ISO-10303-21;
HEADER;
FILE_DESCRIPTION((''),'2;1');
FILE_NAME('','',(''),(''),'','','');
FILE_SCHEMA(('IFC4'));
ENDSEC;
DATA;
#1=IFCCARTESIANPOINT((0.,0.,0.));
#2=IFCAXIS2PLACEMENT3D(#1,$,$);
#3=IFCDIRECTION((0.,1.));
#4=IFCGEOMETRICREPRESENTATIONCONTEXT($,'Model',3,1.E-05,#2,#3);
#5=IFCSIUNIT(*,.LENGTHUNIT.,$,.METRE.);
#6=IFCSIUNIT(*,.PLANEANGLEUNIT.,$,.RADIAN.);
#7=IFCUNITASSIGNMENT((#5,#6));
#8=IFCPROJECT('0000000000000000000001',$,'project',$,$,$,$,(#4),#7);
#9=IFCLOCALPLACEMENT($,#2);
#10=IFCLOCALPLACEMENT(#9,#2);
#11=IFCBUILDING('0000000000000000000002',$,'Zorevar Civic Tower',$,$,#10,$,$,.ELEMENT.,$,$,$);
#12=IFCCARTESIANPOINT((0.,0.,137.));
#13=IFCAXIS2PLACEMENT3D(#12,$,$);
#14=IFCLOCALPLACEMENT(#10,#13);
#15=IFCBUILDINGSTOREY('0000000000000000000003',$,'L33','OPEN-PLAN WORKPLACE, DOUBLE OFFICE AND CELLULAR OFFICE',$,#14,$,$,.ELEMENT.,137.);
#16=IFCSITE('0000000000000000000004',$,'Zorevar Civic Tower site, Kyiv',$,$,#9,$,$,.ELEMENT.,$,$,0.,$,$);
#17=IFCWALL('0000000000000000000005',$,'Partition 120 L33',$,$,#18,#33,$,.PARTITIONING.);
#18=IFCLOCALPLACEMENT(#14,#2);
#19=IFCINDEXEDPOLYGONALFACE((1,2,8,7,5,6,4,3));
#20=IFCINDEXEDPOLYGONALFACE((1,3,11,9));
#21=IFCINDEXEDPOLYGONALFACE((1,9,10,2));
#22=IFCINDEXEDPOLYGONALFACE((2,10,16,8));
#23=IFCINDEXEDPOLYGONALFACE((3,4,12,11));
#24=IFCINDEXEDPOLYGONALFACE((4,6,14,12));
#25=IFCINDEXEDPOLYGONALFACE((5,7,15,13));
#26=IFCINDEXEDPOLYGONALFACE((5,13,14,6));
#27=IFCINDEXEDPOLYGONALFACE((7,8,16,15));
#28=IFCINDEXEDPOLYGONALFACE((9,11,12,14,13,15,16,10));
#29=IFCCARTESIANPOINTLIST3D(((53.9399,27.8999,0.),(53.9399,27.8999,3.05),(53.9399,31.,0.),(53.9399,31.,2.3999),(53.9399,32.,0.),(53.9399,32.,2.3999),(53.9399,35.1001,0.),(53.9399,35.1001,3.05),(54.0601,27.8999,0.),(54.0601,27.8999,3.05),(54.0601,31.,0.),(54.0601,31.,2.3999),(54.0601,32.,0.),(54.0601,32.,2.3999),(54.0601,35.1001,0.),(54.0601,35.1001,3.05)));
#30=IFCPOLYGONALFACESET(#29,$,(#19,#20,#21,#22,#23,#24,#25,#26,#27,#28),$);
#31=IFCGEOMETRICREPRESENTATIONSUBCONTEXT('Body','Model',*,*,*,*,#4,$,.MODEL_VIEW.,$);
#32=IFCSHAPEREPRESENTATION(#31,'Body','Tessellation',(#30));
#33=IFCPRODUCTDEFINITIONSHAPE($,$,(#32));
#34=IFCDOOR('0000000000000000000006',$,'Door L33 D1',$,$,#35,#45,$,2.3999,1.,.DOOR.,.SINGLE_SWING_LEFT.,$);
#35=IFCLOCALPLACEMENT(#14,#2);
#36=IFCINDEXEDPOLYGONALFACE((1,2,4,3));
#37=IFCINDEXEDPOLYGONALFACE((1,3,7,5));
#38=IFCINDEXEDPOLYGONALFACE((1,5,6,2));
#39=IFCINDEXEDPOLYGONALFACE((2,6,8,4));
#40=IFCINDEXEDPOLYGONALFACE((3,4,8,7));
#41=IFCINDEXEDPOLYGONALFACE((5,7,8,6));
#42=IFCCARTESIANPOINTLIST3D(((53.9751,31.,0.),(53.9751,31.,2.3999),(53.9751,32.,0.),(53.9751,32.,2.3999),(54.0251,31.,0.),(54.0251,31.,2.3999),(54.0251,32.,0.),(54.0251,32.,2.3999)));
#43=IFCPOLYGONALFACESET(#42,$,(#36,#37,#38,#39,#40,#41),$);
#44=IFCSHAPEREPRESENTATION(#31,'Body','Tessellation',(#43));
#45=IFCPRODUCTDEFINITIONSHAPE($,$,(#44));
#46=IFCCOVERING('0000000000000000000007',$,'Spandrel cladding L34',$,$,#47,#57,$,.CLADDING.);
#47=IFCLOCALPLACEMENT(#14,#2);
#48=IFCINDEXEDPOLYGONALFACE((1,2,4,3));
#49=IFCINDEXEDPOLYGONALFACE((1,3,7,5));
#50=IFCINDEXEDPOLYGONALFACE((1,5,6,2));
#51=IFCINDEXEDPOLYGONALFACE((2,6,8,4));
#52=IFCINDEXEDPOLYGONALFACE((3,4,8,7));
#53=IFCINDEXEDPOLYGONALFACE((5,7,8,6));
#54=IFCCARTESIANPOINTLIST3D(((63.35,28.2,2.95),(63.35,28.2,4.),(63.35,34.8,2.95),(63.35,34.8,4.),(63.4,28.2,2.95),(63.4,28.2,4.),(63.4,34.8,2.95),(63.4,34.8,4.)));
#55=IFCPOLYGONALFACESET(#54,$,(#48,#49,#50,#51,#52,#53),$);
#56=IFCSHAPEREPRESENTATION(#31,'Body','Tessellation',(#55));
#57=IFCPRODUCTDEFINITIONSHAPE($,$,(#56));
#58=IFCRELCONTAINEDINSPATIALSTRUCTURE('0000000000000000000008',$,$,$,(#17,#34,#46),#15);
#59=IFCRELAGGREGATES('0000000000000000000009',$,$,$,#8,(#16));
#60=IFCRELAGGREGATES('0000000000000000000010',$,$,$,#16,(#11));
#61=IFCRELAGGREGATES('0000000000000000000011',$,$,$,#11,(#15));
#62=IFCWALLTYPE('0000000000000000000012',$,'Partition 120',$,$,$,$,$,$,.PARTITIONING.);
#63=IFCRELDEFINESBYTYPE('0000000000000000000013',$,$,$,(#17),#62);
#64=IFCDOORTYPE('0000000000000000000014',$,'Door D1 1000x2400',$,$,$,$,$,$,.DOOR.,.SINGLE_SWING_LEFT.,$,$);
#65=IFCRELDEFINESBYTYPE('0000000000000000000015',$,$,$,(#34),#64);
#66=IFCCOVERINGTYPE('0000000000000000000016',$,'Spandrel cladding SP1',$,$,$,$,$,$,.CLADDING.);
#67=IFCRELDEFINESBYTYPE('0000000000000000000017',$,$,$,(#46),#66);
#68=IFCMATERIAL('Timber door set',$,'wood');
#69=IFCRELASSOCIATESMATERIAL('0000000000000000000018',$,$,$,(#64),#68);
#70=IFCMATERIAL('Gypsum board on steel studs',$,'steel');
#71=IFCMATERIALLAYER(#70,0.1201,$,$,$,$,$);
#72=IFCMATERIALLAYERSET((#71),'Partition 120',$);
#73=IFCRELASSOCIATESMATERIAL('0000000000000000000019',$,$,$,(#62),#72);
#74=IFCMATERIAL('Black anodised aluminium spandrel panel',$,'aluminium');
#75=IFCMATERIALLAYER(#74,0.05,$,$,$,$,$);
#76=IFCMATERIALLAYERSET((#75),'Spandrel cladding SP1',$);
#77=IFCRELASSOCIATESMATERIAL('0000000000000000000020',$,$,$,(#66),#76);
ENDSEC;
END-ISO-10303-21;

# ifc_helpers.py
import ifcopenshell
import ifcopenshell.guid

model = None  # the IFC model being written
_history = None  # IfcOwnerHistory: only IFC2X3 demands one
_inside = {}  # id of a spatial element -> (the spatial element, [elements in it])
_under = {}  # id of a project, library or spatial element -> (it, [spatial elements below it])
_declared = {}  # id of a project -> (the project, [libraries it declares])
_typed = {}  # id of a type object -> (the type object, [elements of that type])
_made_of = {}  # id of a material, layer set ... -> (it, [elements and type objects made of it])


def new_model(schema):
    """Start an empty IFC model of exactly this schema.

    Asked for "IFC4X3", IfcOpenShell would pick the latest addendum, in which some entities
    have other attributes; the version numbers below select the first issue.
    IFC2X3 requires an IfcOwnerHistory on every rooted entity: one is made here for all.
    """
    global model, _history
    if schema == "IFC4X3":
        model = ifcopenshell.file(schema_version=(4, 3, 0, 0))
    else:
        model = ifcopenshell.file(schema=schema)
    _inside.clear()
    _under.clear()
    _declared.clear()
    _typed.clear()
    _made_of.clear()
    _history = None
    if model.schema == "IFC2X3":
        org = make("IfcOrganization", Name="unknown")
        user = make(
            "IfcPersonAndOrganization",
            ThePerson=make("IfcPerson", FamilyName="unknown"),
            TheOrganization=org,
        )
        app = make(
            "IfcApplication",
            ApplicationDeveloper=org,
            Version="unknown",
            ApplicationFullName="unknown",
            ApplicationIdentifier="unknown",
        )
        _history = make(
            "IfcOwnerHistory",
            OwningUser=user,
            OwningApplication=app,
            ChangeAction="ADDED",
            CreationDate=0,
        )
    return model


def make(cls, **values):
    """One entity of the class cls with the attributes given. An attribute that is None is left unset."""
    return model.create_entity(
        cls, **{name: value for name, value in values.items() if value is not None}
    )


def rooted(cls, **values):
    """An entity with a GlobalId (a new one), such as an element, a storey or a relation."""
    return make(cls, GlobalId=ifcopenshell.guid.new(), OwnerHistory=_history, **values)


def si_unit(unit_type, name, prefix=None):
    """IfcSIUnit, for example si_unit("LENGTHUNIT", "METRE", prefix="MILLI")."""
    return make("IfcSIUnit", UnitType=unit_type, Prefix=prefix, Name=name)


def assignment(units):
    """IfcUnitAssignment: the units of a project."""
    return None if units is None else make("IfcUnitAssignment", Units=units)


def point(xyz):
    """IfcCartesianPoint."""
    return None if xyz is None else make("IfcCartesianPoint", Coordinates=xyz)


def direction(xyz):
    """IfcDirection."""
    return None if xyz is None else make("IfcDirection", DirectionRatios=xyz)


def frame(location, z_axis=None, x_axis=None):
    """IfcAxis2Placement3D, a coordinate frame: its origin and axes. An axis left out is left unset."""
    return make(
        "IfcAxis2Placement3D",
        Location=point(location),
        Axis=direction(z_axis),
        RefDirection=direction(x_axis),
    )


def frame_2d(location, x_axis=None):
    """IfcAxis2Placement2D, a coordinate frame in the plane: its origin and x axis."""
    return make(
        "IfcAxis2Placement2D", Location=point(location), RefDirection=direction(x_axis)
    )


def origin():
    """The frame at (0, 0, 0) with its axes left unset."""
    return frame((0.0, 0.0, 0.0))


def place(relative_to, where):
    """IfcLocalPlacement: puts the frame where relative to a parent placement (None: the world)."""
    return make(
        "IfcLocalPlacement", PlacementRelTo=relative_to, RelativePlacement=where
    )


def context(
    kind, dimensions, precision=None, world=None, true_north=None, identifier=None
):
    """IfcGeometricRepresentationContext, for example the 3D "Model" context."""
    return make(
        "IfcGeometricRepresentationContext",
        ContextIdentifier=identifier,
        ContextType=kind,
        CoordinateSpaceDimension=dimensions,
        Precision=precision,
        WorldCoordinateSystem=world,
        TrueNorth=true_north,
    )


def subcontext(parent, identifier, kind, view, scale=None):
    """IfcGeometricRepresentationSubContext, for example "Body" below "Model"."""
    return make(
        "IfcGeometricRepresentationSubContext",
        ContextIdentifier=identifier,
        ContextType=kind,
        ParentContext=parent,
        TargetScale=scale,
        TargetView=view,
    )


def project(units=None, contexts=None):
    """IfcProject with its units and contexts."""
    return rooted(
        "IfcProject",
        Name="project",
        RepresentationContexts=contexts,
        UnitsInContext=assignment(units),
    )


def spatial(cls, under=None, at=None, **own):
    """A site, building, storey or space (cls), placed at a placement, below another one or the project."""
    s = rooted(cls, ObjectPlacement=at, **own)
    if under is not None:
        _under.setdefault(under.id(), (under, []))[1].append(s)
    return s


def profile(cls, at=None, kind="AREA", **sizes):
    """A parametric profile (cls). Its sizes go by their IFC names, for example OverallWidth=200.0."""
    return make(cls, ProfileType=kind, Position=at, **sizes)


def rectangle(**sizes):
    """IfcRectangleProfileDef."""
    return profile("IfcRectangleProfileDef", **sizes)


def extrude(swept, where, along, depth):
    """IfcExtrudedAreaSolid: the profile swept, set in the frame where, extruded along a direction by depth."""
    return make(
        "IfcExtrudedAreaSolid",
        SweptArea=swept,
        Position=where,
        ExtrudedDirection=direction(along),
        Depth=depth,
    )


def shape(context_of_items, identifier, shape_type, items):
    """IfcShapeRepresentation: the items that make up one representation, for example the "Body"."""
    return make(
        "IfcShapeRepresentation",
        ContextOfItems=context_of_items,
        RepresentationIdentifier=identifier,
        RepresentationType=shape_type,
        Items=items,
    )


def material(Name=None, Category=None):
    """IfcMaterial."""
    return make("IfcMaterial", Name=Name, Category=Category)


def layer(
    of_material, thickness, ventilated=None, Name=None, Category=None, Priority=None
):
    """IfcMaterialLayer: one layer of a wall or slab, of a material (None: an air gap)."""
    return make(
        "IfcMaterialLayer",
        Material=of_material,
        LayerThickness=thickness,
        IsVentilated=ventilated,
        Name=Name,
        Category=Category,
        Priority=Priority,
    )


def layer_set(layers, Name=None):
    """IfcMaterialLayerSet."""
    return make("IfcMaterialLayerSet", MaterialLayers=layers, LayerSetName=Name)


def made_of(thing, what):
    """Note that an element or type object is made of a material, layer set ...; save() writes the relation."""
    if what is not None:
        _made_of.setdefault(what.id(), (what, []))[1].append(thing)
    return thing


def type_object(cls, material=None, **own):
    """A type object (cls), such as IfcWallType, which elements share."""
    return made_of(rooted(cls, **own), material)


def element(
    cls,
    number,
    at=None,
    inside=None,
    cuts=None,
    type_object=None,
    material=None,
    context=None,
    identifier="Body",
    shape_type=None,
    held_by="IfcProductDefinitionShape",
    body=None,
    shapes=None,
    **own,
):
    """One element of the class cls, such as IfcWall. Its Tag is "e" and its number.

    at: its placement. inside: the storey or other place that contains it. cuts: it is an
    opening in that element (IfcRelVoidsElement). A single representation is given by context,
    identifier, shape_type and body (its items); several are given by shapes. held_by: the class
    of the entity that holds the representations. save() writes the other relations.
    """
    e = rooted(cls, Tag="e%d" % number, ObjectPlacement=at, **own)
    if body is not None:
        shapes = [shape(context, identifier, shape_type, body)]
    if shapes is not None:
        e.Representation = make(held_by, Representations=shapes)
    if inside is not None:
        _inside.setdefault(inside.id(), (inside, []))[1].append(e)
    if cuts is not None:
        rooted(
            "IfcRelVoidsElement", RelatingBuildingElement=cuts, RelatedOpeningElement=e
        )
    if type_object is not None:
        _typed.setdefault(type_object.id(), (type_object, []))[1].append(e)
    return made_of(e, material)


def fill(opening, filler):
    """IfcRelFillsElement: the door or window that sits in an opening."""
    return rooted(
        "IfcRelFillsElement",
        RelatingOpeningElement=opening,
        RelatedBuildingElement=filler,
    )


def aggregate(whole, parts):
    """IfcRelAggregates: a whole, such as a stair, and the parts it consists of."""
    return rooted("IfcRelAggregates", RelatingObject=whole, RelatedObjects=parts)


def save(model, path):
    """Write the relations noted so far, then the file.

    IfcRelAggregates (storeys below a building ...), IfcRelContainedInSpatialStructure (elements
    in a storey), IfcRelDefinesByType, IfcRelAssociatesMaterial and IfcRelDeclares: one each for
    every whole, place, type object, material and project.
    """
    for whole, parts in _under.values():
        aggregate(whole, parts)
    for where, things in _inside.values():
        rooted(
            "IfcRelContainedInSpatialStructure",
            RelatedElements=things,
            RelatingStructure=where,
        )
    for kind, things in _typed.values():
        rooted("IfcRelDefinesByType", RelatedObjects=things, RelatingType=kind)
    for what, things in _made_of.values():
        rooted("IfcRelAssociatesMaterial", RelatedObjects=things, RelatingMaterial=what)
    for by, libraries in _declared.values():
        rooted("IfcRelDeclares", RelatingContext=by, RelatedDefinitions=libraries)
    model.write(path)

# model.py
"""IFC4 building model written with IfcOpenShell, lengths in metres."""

from ifc_helpers import new_model, si_unit, direction, frame, frame_2d, origin, place, context, subcontext, project, spatial, rectangle, extrude, material, layer, layer_set, type_object, element, fill, save


model = new_model("IFC4")

# Units and contexts
model_context = context("Model", 3, precision=1e-05, world=origin(), true_north=direction((0.0, 1.0)))
body_context = subcontext(model_context, "Body", "Model", "MODEL_VIEW")
ifc_project = project(units=[si_unit("LENGTHUNIT", "METRE"), si_unit("PLANEANGLEUNIT", "RADIAN")], contexts=[model_context])

# Site, building, storey
site_placement = place(None, origin())
site = spatial("IfcSite", under=ifc_project, at=site_placement, Name="Zorevar Civic Tower site, Kyiv", CompositionType="ELEMENT", RefElevation=0.0)
building_placement = place(site_placement, origin())
building = spatial("IfcBuilding", under=site, at=building_placement, Name="Zorevar Civic Tower", CompositionType="ELEMENT")
storey_placement = place(building_placement, frame((0.0, 0.0, 137.0)))
storey = spatial("IfcBuildingStorey", under=building, at=storey_placement, Name="L33", Description="OPEN-PLAN WORKPLACE, DOUBLE OFFICE AND CELLULAR OFFICE", CompositionType="ELEMENT", Elevation=137.0)

# Shared definitions
ifc_material_1 = material(Name="Timber door set", Category="wood")
door_type_1 = type_object("IfcDoorType", Name="Door D1 1000x2400", OperationType="SINGLE_SWING_LEFT", PredefinedType="DOOR", material=ifc_material_1)

# Shared definitions
ifc_material_2 = material(Name="Gypsum board on steel studs", Category="steel")
ifc_layer_1 = layer(ifc_material_2, 0.1201)
ifc_layer_set_1 = layer_set([ifc_layer_1], Name="Partition 120")
wall_type_1 = type_object("IfcWallType", Name="Partition 120", PredefinedType="PARTITIONING", material=ifc_layer_set_1)

# Wall, opening, door
wall_1_placement = place(storey_placement, frame((54.0, 27.8999, 0.0), z_axis=(0.0, 0.0, 1.0), x_axis=(0.0, 1.0, 0.0)))
wall_1 = element("IfcWall", 1, at=wall_1_placement, inside=storey, type_object=wall_type_1, Name="Partition 120 L33", PredefinedType="PARTITIONING", context=body_context, shape_type="SweptSolid", body=[
    extrude(rectangle(XDim=7.2002, YDim=0.1201, at=frame_2d((3.6001, 0.0))), origin(), (0.0, 0.0, 1.0), 3.05),
])
opening_1_placement = place(wall_1_placement, frame((3.1001, 0.0, 0.0)))
opening_1 = element("IfcOpeningElement", 2, at=opening_1_placement, cuts=wall_1, PredefinedType="OPENING", context=body_context, shape_type="SweptSolid", body=[
    extrude(rectangle(XDim=1.0, YDim=2.3999, at=frame_2d((0.5, 1.2))), frame((0.0, 0.0701, 0.0), z_axis=(0.0, -1.0, 0.0), x_axis=(1.0, 0.0, 0.0)), (0.0, 0.0, 1.0), 0.1401),
])
door_1_placement = place(opening_1_placement, origin())
door_1 = element("IfcDoor", 3, at=door_1_placement, inside=storey, type_object=door_type_1, Name="Door L33 D1", OperationType="SINGLE_SWING_LEFT", OverallHeight=2.3999, OverallWidth=1.0, PredefinedType="DOOR", context=body_context, shape_type="SweptSolid", body=[
    extrude(rectangle(XDim=1.0, YDim=2.3999, at=frame_2d((0.5, 1.2))), frame((0.0, 0.0249, 0.0), z_axis=(0.0, -1.0, 0.0), x_axis=(1.0, 0.0, 0.0)), (0.0, 0.0, 1.0), 0.05),
])
fill(opening_1, door_1)

# Covering
ifc_material_3 = material(Name="Black anodised aluminium spandrel panel", Category="aluminium")
ifc_layer_2 = layer(ifc_material_3, 0.05)
ifc_layer_set_2 = layer_set([ifc_layer_2], Name="Spandrel cladding SP1")
covering_type = type_object("IfcCoveringType", Name="Spandrel cladding SP1", PredefinedType="CLADDING", material=ifc_layer_set_2)
covering_placement = place(storey_placement, frame((63.375, 28.2, 2.95), z_axis=(0.0, 0.0, 1.0), x_axis=(0.0, 1.0, 0.0)))
element("IfcCovering", 4, at=covering_placement, inside=storey, type_object=covering_type, Name="Spandrel cladding L34", PredefinedType="CLADDING", context=body_context, shape_type="SweptSolid", body=[
    extrude(rectangle(XDim=6.6001, YDim=0.05, at=frame_2d((3.3, 0.0))), origin(), (0.0, 0.0, 1.0), 1.05),
])

save(model, "model.ifc")
